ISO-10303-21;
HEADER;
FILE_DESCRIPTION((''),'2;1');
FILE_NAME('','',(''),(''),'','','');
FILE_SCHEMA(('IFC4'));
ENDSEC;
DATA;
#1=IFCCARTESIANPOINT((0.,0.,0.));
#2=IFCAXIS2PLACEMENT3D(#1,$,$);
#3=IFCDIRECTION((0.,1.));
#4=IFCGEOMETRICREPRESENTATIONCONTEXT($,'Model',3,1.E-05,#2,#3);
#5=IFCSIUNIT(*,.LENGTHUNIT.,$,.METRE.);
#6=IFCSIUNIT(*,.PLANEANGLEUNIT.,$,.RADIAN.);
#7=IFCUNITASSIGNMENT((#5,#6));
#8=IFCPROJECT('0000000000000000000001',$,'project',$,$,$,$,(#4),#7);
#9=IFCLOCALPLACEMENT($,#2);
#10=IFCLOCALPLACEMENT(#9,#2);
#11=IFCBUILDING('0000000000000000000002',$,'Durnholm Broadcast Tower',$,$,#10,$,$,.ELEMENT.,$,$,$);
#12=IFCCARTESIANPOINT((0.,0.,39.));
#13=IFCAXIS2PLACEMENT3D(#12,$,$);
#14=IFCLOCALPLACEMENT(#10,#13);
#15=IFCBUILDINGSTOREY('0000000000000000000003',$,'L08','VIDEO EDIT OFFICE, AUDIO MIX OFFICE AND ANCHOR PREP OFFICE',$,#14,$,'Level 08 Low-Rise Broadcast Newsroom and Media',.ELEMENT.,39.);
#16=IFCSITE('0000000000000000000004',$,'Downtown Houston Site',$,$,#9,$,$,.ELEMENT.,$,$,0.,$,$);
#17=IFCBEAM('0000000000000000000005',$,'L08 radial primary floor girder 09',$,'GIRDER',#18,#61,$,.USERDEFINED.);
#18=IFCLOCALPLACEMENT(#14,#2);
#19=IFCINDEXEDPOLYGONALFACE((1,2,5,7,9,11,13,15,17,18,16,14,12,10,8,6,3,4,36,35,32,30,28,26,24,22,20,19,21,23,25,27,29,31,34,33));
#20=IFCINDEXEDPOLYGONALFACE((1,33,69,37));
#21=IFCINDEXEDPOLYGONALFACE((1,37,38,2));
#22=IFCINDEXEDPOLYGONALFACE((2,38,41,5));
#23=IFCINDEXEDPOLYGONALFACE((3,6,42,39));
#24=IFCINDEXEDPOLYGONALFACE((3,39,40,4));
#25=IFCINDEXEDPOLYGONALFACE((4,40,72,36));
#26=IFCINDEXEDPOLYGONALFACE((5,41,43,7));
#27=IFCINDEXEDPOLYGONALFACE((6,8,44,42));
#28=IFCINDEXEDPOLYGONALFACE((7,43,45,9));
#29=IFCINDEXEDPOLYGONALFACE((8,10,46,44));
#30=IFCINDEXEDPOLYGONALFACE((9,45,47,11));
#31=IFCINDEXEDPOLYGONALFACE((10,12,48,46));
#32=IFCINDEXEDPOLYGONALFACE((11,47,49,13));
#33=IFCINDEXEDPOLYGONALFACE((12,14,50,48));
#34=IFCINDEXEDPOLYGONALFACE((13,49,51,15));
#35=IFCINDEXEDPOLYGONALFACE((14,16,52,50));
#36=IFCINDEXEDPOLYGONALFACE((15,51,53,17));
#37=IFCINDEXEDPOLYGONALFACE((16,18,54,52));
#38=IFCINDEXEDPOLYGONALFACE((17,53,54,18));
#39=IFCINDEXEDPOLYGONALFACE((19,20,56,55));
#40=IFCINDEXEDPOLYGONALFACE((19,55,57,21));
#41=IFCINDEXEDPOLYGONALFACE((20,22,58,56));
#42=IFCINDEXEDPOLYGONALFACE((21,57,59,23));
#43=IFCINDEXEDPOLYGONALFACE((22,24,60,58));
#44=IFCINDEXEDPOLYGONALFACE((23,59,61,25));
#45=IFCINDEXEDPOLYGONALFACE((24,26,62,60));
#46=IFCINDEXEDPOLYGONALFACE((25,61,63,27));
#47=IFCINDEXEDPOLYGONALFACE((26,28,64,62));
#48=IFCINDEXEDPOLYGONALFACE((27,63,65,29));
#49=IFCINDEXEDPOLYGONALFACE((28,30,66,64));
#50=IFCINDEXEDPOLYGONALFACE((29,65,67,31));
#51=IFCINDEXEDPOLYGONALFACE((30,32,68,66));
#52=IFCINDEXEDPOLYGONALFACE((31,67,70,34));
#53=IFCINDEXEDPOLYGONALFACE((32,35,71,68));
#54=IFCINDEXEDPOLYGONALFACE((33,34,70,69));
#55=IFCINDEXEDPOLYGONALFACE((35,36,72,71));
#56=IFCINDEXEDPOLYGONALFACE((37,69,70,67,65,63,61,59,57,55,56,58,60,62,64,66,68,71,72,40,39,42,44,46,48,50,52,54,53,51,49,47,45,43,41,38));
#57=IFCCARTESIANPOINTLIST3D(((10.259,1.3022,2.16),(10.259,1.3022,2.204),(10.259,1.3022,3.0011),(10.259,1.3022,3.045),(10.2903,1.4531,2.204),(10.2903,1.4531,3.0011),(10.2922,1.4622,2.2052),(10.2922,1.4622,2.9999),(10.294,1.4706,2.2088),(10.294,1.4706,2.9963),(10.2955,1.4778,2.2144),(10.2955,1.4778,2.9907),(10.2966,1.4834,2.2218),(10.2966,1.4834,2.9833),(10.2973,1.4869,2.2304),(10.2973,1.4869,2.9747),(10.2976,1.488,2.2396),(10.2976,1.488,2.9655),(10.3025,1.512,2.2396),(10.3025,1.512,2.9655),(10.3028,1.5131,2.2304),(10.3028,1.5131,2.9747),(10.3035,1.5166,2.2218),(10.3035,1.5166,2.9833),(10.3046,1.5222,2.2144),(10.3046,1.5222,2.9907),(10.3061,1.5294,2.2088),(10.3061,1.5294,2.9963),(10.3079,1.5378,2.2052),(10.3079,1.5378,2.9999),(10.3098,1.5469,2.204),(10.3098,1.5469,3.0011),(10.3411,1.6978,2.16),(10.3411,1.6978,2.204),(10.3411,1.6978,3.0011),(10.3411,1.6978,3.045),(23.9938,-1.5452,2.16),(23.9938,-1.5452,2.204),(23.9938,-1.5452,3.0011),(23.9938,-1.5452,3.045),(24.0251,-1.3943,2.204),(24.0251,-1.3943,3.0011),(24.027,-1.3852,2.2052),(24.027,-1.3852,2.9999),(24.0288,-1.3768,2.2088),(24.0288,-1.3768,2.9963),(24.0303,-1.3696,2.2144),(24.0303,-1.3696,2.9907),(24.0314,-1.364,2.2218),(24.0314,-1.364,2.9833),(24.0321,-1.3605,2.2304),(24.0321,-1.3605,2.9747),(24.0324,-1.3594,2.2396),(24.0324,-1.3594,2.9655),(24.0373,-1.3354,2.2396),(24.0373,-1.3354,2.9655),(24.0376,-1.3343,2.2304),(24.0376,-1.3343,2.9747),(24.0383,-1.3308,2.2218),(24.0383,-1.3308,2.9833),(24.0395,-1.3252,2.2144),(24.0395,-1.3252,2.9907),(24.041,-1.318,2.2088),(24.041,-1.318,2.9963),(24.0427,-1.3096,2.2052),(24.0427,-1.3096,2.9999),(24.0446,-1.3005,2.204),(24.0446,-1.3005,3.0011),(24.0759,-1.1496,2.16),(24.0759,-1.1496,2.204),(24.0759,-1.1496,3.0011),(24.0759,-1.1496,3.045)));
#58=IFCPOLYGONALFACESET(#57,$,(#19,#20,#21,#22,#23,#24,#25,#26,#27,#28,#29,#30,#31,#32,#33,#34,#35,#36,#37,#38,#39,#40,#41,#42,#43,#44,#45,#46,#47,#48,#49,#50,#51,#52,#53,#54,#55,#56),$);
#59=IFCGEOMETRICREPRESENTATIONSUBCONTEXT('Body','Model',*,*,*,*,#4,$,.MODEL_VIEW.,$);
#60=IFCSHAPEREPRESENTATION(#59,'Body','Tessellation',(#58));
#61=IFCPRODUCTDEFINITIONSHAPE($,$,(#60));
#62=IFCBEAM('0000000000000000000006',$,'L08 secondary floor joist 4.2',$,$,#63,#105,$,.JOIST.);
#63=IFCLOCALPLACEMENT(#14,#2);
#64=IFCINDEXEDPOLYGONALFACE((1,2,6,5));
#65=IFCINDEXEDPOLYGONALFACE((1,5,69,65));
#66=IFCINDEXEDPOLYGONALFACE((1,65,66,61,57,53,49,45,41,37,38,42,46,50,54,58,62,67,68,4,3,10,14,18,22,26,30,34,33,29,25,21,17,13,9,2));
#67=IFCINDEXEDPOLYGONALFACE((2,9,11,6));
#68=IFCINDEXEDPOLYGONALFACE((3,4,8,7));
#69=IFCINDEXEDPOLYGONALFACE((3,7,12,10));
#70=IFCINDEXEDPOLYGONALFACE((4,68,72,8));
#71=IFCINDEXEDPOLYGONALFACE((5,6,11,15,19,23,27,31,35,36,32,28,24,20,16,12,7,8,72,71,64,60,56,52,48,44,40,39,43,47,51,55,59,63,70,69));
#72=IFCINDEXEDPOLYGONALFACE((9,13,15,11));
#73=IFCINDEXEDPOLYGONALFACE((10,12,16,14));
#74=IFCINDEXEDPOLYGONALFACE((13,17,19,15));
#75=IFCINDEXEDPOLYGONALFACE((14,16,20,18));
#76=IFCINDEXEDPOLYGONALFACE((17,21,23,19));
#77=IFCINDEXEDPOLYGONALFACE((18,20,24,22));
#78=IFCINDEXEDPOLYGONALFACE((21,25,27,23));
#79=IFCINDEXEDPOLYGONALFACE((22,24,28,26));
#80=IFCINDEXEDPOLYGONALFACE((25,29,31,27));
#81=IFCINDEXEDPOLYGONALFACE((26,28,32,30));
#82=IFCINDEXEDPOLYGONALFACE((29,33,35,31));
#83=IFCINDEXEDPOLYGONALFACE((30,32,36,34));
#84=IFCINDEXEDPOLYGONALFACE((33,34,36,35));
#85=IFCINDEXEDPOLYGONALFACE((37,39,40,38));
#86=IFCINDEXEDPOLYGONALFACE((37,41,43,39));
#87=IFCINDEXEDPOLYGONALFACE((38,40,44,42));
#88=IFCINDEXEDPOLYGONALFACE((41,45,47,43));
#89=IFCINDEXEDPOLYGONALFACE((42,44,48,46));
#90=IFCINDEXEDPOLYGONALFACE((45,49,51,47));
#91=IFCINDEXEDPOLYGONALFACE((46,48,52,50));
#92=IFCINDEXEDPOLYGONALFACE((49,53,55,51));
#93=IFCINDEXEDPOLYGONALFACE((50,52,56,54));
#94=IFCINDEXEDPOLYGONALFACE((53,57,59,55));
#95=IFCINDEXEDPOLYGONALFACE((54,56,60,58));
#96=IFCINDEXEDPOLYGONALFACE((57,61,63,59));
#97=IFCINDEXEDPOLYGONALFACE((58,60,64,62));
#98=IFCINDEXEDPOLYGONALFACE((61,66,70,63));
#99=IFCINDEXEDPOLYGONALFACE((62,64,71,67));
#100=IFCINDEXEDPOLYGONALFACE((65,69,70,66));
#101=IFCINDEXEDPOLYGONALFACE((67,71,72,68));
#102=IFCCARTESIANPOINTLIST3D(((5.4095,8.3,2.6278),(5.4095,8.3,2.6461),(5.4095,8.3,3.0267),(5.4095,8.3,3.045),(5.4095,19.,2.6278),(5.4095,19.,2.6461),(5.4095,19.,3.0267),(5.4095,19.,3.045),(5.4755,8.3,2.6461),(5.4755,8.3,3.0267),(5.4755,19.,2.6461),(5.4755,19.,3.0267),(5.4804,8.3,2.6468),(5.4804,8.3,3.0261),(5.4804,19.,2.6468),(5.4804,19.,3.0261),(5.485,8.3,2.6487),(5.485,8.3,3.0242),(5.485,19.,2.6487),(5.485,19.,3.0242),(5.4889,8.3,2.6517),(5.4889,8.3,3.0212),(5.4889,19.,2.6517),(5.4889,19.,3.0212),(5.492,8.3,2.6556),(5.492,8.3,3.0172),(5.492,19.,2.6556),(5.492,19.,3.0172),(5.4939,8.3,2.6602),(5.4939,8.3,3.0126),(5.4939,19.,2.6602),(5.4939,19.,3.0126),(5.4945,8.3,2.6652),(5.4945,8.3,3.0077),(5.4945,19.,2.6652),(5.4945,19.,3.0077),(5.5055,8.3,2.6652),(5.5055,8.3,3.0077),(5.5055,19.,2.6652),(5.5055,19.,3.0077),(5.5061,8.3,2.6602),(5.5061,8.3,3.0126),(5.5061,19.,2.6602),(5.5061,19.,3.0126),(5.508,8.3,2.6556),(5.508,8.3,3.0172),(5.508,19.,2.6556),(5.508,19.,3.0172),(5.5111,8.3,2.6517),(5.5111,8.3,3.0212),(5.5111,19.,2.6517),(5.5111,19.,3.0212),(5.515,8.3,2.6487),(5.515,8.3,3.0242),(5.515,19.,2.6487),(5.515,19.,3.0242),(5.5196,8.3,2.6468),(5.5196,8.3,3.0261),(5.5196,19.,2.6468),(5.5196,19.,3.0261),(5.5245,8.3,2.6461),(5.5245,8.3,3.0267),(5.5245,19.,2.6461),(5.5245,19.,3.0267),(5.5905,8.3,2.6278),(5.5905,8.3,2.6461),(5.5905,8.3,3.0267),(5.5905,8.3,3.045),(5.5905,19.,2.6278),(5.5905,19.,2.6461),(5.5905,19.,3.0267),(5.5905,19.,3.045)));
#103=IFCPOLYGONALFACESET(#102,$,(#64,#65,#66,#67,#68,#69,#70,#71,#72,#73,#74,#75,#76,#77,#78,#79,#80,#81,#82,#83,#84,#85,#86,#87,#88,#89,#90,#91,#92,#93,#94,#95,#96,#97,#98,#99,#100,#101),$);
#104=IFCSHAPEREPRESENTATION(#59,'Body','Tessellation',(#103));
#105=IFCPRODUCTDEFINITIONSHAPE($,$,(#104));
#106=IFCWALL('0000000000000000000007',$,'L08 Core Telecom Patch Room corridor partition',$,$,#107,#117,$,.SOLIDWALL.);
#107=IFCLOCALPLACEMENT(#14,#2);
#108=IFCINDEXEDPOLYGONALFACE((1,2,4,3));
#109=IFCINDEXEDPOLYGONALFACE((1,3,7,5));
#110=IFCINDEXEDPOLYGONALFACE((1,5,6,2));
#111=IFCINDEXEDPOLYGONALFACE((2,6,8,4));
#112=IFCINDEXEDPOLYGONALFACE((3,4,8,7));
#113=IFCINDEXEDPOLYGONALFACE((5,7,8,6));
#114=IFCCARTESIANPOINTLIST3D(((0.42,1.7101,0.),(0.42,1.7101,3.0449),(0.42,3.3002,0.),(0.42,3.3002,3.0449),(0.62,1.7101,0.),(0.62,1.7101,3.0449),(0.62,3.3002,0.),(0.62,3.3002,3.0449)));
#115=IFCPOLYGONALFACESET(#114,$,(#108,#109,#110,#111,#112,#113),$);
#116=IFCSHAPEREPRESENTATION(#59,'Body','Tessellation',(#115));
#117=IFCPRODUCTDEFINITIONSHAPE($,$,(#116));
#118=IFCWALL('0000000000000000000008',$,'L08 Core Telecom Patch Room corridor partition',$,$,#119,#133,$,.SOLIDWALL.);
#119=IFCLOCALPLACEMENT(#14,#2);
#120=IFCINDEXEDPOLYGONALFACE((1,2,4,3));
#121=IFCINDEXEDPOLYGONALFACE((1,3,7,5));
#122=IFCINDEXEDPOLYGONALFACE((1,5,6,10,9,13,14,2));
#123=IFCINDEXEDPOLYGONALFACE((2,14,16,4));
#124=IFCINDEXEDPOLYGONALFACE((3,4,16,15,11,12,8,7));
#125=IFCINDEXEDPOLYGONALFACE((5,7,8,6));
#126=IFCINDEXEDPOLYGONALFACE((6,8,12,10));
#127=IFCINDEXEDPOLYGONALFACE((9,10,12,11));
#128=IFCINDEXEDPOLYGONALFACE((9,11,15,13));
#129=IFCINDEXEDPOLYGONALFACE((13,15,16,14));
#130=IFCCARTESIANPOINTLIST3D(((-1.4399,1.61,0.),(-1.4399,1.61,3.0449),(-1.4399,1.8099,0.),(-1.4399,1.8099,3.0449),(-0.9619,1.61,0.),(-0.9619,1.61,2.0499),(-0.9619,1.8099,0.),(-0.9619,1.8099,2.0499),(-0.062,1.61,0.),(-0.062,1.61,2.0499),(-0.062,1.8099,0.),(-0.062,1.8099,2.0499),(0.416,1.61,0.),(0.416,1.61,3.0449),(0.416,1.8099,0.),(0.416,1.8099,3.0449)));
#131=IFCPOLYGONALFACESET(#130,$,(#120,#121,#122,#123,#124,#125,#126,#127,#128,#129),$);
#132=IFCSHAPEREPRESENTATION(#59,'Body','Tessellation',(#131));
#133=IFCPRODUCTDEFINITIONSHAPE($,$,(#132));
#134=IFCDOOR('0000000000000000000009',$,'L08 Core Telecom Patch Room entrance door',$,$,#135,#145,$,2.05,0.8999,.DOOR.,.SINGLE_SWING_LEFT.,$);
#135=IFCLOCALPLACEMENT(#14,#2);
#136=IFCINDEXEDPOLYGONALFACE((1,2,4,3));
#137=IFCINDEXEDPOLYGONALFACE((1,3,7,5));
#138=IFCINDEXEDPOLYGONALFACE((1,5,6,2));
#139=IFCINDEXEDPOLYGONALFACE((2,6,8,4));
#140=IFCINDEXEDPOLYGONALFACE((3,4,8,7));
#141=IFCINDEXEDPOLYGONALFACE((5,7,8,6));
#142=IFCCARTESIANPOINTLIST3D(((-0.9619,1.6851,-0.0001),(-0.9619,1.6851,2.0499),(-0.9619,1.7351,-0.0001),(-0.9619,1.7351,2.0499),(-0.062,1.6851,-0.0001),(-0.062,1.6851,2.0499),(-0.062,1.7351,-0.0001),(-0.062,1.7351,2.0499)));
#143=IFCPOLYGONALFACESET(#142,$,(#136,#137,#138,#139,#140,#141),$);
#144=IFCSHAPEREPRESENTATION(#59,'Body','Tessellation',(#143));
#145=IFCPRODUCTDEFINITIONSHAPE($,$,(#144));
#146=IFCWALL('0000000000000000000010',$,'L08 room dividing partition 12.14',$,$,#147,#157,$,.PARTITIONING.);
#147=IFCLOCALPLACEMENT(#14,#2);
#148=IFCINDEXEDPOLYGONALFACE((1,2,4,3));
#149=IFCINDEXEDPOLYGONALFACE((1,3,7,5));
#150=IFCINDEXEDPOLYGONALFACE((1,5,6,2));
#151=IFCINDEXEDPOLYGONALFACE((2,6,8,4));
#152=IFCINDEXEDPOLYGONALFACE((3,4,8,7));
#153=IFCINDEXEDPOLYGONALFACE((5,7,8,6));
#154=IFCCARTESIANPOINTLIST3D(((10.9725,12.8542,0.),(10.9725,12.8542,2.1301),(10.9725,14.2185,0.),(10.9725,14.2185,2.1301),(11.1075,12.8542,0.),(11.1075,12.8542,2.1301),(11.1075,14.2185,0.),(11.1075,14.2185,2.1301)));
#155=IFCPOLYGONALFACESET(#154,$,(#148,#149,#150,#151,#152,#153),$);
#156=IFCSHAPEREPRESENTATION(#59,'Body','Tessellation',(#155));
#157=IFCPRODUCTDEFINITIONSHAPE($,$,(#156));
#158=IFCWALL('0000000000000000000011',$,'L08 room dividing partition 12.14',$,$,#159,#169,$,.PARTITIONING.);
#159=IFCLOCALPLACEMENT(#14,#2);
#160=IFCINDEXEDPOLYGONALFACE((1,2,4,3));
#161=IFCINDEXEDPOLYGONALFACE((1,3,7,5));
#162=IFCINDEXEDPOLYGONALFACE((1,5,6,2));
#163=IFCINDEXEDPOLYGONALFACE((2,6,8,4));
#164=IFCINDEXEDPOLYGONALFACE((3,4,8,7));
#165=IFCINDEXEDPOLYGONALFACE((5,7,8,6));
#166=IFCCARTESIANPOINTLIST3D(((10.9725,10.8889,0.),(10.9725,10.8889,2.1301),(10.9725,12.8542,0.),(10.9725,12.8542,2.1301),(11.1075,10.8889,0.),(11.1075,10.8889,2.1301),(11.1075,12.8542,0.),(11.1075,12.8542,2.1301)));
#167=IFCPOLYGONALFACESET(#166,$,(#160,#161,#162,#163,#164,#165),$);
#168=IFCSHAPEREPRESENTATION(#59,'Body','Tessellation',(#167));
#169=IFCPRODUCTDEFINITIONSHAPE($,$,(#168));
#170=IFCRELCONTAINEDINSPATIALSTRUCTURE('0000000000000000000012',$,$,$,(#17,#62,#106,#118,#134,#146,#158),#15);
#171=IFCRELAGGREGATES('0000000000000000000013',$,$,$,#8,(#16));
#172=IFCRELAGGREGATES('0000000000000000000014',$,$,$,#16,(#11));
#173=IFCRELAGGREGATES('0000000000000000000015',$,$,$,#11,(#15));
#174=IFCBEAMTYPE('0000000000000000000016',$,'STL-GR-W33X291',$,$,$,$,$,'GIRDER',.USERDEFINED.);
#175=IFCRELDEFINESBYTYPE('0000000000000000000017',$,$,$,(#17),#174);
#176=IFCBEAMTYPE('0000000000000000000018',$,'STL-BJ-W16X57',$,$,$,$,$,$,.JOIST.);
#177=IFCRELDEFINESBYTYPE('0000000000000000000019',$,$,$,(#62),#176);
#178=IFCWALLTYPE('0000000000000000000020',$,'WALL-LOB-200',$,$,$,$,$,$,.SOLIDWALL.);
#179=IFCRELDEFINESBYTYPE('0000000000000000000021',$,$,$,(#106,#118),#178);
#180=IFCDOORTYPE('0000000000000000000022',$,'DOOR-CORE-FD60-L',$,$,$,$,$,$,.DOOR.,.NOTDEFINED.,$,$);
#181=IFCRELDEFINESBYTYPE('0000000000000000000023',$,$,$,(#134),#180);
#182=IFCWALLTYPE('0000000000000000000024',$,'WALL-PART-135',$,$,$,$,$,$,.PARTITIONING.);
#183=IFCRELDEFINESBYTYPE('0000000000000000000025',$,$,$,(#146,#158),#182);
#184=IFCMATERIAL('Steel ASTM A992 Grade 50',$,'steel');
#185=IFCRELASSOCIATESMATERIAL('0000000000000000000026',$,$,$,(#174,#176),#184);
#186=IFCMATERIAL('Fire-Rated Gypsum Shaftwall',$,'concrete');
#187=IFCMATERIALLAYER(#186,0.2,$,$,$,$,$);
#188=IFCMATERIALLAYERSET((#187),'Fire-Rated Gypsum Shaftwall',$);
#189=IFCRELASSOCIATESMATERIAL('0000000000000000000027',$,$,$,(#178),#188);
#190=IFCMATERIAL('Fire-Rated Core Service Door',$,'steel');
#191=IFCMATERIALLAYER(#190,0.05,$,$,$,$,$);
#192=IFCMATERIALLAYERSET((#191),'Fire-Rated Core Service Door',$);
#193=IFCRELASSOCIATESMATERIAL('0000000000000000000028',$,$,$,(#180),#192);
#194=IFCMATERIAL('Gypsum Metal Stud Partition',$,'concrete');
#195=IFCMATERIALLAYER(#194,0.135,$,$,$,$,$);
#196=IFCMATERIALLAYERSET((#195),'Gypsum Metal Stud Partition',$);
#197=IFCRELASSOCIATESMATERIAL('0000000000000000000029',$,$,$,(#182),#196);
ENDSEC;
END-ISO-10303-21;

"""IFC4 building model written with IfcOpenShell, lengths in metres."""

from ifc_helpers import new_model, si_unit, direction, frame, frame_2d, origin, origin_2d, place, context, subcontext, project, spatial, rectangle, i_section, extrude, source, transform, mapped, material, layer, layer_set, material_profile, profile_set, type_object, type_shapes, element, fill, save


model = new_model("IFC4")

# Units and contexts
model_context = context("Model", 3, precision=1e-05, world=origin(), true_north=direction((0.0, 1.0)))
body_context = subcontext(model_context, "Body", "Model", "MODEL_VIEW")
ifc_project = project(units=[si_unit("LENGTHUNIT", "METRE"), si_unit("PLANEANGLEUNIT", "RADIAN")], contexts=[model_context])

# Site, building, storey
site_placement = place(None, origin())
site = spatial("IfcSite", under=ifc_project, at=site_placement, Name="Downtown Houston Site", CompositionType="ELEMENT", RefElevation=0.0)
building_placement = place(site_placement, origin())
building = spatial("IfcBuilding", under=site, at=building_placement, Name="Durnholm Broadcast Tower", CompositionType="ELEMENT")
storey_placement = place(building_placement, frame((0.0, 0.0, 39.0)))
storey = spatial("IfcBuildingStorey", under=building, at=storey_placement, Name="L08", Description="VIDEO EDIT OFFICE, AUDIO MIX OFFICE AND ANCHOR PREP OFFICE", LongName="Level 08 Low-Rise Broadcast Newsroom and Media", CompositionType="ELEMENT", Elevation=39.0)

# Beams
ifc_material_1 = material(Name="Steel ASTM A992 Grade 50", Category="steel")
ifc_material_profile_1 = material_profile(ifc_material_1, i_section(OverallWidth=0.4041, OverallDepth=0.885, WebThickness=0.0244, FlangeThickness=0.0439, FilletRadius=0.0356, at=origin_2d()), Name="W33X291")
ifc_profile_set_1 = profile_set([ifc_material_profile_1], Name="Steel ASTM A992 Grade 50")
beam_type_1 = type_object("IfcBeamType", Name="STL-GR-W33X291", ElementType="GIRDER", PredefinedType="USERDEFINED", material=ifc_profile_set_1)
shared_shape_1 = source(origin(), body_context, "Body", "SweptSolid", [
    extrude(i_section(OverallWidth=0.4041, OverallDepth=0.885, WebThickness=0.0244, FlangeThickness=0.0439, FilletRadius=0.0356, at=origin_2d()), origin(), (0.0, 0.0, 1.0), 14.0269),
])
beam_1_placement = place(storey_placement, frame((10.3, 1.5, 2.6025), z_axis=(0.979179, -0.202996, 0.0), x_axis=(0.202996, 0.979179, 0.0)))
element("IfcBeam", 1, at=beam_1_placement, inside=storey, type_object=beam_type_1, Name="L08 radial primary floor girder 09", ObjectType="GIRDER", PredefinedType="USERDEFINED", context=body_context, shape_type="MappedRepresentation", body=[
    mapped(shared_shape_1, transform((0.0, 0.0, 0.0), x_axis=(1.0, 0.0, 0.0), y_axis=(0.0, 1.0, 0.0), z_axis=(0.0, 0.0, 1.0), scale=1.0)),
])
ifc_material_profile_2 = material_profile(ifc_material_1, i_section(OverallWidth=0.1809, OverallDepth=0.4172, WebThickness=0.011, FlangeThickness=0.0183, FilletRadius=0.019, at=origin_2d()), Name="W16X57")
ifc_profile_set_2 = profile_set([ifc_material_profile_2], Name="Steel ASTM A992 Grade 50")
beam_type_2 = type_object("IfcBeamType", Name="STL-BJ-W16X57", PredefinedType="JOIST", material=ifc_profile_set_2)
shared_shape_2 = source(origin(), body_context, "Body", "SweptSolid", [
    extrude(i_section(OverallWidth=0.1809, OverallDepth=0.4172, WebThickness=0.011, FlangeThickness=0.0183, FilletRadius=0.019, at=origin_2d()), origin(), (0.0, 0.0, 1.0), 10.7),
])
type_shapes(beam_type_2, [shared_shape_2])
beam_2_placement = place(storey_placement, frame((5.5, 8.3, 2.8364), z_axis=(0.0, 1.0, 0.0), x_axis=(-1.0, 0.0, 0.0)))
element("IfcBeam", 2, at=beam_2_placement, inside=storey, type_object=beam_type_2, Name="L08 secondary floor joist 4.2", PredefinedType="JOIST", context=body_context, shape_type="MappedRepresentation", body=[
    mapped(shared_shape_2, transform((0.0, 0.0, 0.0), x_axis=(1.0, 0.0, 0.0), y_axis=(0.0, 1.0, 0.0), z_axis=(0.0, 0.0, 1.0), scale=1.0)),
])

# Wall
ifc_material_2 = material(Name="Fire-Rated Gypsum Shaftwall", Category="concrete")
ifc_layer_1 = layer(ifc_material_2, 0.2)
ifc_layer_set_1 = layer_set([ifc_layer_1], Name="Fire-Rated Gypsum Shaftwall")
wall_type_1 = type_object("IfcWallType", Name="WALL-LOB-200", PredefinedType="SOLIDWALL", material=ifc_layer_set_1)
wall_1_placement = place(storey_placement, frame((0.52, 3.3, 0.0), z_axis=(0.0, 0.0, 1.0), x_axis=(0.0, -1.0, 0.0)))
element("IfcWall", 3, at=wall_1_placement, inside=storey, type_object=wall_type_1, Name="L08 Core Telecom Patch Room corridor partition", PredefinedType="SOLIDWALL", context=body_context, shape_type="SweptSolid", body=[
    extrude(rectangle(XDim=1.5901, YDim=0.2, at=frame_2d((0.7949, 0.0))), origin(), (0.0, 0.0, 1.0), 3.0449),
])

# Wall, opening, door
wall_2_placement = place(storey_placement, frame((0.416, 1.71, 0.0), z_axis=(0.0, 0.0, 1.0), x_axis=(-1.0, 0.0, 0.0)))
wall_2 = element("IfcWall", 4, at=wall_2_placement, inside=storey, type_object=wall_type_1, Name="L08 Core Telecom Patch Room corridor partition", PredefinedType="SOLIDWALL", context=body_context, shape_type="SweptSolid", body=[
    extrude(rectangle(XDim=1.856, YDim=0.2, at=frame_2d((0.928, 0.0))), origin(), (0.0, 0.0, 1.0), 3.0449),
])
opening_1_placement = place(wall_2_placement, frame((0.478, 0.0, 0.0)))
opening_1 = element("IfcOpeningElement", 5, at=opening_1_placement, cuts=wall_2, PredefinedType="OPENING", context=body_context, shape_type="SweptSolid", body=[
    extrude(rectangle(XDim=0.8999, YDim=2.05, at=frame_2d((0.45, 1.0249))), frame((0.0, 0.1099, 0.0), z_axis=(0.0, -1.0, 0.0), x_axis=(1.0, 0.0, 0.0)), (0.0, 0.0, 1.0), 0.22),
])
ifc_material_3 = material(Name="Fire-Rated Core Service Door", Category="steel")
ifc_layer_2 = layer(ifc_material_3, 0.05)
ifc_layer_set_2 = layer_set([ifc_layer_2], Name="Fire-Rated Core Service Door")
door_type_1 = type_object("IfcDoorType", Name="DOOR-CORE-FD60-L", OperationType="NOTDEFINED", PredefinedType="DOOR", material=ifc_layer_set_2)
shared_shape_3 = source(origin(), body_context, "Body", "SweptSolid", [
    extrude(rectangle(XDim=0.8999, YDim=2.05, at=frame_2d((0.45, 1.0249))), frame((0.0, 0.0249, 0.0), z_axis=(0.0, -1.0, 0.0), x_axis=(1.0, 0.0, 0.0)), (0.0, 0.0, 1.0), 0.05),
])
type_shapes(door_type_1, [shared_shape_3])
door_1_placement = place(opening_1_placement, origin())
door_1 = element("IfcDoor", 6, at=door_1_placement, inside=storey, type_object=door_type_1, Name="L08 Core Telecom Patch Room entrance door", OperationType="SINGLE_SWING_LEFT", OverallHeight=2.05, OverallWidth=0.8999, PredefinedType="DOOR", context=body_context, shape_type="MappedRepresentation", body=[
    mapped(shared_shape_3, transform((0.0, 0.0, 0.0), x_axis=(1.0, 0.0, 0.0), y_axis=(0.0, 1.0, 0.0), z_axis=(0.0, 0.0, 1.0), scale=1.0)),
])
fill(opening_1, door_1)

# Walls
ifc_material_4 = material(Name="Gypsum Metal Stud Partition", Category="concrete")
ifc_layer_3 = layer(ifc_material_4, 0.135)
ifc_layer_set_3 = layer_set([ifc_layer_3], Name="Gypsum Metal Stud Partition")
wall_type_2 = type_object("IfcWallType", Name="WALL-PART-135", PredefinedType="PARTITIONING", material=ifc_layer_set_3)
wall_3_placement = place(storey_placement, frame((11.04, 14.2185, 0.0), z_axis=(0.0, 0.0, 1.0), x_axis=(0.0, -1.0, 0.0)))
element("IfcWall", 7, at=wall_3_placement, inside=storey, type_object=wall_type_2, Name="L08 room dividing partition 12.14", PredefinedType="PARTITIONING", context=body_context, shape_type="SweptSolid", body=[
    extrude(rectangle(XDim=1.3643, YDim=0.135, at=frame_2d((0.6821, 0.0))), origin(), (0.0, 0.0, 1.0), 2.1301),
])
wall_4_placement = place(storey_placement, frame((11.04, 12.8542, 0.0), z_axis=(0.0, 0.0, 1.0), x_axis=(0.0, -1.0, 0.0)))
element("IfcWall", 8, at=wall_4_placement, inside=storey, type_object=wall_type_2, Name="L08 room dividing partition 12.14", PredefinedType="PARTITIONING", context=body_context, shape_type="SweptSolid", body=[
    extrude(rectangle(XDim=1.9653, YDim=0.135, at=frame_2d((0.9827, 0.0))), origin(), (0.0, 0.0, 1.0), 2.1301),
])

save(model, "model.ifc")
